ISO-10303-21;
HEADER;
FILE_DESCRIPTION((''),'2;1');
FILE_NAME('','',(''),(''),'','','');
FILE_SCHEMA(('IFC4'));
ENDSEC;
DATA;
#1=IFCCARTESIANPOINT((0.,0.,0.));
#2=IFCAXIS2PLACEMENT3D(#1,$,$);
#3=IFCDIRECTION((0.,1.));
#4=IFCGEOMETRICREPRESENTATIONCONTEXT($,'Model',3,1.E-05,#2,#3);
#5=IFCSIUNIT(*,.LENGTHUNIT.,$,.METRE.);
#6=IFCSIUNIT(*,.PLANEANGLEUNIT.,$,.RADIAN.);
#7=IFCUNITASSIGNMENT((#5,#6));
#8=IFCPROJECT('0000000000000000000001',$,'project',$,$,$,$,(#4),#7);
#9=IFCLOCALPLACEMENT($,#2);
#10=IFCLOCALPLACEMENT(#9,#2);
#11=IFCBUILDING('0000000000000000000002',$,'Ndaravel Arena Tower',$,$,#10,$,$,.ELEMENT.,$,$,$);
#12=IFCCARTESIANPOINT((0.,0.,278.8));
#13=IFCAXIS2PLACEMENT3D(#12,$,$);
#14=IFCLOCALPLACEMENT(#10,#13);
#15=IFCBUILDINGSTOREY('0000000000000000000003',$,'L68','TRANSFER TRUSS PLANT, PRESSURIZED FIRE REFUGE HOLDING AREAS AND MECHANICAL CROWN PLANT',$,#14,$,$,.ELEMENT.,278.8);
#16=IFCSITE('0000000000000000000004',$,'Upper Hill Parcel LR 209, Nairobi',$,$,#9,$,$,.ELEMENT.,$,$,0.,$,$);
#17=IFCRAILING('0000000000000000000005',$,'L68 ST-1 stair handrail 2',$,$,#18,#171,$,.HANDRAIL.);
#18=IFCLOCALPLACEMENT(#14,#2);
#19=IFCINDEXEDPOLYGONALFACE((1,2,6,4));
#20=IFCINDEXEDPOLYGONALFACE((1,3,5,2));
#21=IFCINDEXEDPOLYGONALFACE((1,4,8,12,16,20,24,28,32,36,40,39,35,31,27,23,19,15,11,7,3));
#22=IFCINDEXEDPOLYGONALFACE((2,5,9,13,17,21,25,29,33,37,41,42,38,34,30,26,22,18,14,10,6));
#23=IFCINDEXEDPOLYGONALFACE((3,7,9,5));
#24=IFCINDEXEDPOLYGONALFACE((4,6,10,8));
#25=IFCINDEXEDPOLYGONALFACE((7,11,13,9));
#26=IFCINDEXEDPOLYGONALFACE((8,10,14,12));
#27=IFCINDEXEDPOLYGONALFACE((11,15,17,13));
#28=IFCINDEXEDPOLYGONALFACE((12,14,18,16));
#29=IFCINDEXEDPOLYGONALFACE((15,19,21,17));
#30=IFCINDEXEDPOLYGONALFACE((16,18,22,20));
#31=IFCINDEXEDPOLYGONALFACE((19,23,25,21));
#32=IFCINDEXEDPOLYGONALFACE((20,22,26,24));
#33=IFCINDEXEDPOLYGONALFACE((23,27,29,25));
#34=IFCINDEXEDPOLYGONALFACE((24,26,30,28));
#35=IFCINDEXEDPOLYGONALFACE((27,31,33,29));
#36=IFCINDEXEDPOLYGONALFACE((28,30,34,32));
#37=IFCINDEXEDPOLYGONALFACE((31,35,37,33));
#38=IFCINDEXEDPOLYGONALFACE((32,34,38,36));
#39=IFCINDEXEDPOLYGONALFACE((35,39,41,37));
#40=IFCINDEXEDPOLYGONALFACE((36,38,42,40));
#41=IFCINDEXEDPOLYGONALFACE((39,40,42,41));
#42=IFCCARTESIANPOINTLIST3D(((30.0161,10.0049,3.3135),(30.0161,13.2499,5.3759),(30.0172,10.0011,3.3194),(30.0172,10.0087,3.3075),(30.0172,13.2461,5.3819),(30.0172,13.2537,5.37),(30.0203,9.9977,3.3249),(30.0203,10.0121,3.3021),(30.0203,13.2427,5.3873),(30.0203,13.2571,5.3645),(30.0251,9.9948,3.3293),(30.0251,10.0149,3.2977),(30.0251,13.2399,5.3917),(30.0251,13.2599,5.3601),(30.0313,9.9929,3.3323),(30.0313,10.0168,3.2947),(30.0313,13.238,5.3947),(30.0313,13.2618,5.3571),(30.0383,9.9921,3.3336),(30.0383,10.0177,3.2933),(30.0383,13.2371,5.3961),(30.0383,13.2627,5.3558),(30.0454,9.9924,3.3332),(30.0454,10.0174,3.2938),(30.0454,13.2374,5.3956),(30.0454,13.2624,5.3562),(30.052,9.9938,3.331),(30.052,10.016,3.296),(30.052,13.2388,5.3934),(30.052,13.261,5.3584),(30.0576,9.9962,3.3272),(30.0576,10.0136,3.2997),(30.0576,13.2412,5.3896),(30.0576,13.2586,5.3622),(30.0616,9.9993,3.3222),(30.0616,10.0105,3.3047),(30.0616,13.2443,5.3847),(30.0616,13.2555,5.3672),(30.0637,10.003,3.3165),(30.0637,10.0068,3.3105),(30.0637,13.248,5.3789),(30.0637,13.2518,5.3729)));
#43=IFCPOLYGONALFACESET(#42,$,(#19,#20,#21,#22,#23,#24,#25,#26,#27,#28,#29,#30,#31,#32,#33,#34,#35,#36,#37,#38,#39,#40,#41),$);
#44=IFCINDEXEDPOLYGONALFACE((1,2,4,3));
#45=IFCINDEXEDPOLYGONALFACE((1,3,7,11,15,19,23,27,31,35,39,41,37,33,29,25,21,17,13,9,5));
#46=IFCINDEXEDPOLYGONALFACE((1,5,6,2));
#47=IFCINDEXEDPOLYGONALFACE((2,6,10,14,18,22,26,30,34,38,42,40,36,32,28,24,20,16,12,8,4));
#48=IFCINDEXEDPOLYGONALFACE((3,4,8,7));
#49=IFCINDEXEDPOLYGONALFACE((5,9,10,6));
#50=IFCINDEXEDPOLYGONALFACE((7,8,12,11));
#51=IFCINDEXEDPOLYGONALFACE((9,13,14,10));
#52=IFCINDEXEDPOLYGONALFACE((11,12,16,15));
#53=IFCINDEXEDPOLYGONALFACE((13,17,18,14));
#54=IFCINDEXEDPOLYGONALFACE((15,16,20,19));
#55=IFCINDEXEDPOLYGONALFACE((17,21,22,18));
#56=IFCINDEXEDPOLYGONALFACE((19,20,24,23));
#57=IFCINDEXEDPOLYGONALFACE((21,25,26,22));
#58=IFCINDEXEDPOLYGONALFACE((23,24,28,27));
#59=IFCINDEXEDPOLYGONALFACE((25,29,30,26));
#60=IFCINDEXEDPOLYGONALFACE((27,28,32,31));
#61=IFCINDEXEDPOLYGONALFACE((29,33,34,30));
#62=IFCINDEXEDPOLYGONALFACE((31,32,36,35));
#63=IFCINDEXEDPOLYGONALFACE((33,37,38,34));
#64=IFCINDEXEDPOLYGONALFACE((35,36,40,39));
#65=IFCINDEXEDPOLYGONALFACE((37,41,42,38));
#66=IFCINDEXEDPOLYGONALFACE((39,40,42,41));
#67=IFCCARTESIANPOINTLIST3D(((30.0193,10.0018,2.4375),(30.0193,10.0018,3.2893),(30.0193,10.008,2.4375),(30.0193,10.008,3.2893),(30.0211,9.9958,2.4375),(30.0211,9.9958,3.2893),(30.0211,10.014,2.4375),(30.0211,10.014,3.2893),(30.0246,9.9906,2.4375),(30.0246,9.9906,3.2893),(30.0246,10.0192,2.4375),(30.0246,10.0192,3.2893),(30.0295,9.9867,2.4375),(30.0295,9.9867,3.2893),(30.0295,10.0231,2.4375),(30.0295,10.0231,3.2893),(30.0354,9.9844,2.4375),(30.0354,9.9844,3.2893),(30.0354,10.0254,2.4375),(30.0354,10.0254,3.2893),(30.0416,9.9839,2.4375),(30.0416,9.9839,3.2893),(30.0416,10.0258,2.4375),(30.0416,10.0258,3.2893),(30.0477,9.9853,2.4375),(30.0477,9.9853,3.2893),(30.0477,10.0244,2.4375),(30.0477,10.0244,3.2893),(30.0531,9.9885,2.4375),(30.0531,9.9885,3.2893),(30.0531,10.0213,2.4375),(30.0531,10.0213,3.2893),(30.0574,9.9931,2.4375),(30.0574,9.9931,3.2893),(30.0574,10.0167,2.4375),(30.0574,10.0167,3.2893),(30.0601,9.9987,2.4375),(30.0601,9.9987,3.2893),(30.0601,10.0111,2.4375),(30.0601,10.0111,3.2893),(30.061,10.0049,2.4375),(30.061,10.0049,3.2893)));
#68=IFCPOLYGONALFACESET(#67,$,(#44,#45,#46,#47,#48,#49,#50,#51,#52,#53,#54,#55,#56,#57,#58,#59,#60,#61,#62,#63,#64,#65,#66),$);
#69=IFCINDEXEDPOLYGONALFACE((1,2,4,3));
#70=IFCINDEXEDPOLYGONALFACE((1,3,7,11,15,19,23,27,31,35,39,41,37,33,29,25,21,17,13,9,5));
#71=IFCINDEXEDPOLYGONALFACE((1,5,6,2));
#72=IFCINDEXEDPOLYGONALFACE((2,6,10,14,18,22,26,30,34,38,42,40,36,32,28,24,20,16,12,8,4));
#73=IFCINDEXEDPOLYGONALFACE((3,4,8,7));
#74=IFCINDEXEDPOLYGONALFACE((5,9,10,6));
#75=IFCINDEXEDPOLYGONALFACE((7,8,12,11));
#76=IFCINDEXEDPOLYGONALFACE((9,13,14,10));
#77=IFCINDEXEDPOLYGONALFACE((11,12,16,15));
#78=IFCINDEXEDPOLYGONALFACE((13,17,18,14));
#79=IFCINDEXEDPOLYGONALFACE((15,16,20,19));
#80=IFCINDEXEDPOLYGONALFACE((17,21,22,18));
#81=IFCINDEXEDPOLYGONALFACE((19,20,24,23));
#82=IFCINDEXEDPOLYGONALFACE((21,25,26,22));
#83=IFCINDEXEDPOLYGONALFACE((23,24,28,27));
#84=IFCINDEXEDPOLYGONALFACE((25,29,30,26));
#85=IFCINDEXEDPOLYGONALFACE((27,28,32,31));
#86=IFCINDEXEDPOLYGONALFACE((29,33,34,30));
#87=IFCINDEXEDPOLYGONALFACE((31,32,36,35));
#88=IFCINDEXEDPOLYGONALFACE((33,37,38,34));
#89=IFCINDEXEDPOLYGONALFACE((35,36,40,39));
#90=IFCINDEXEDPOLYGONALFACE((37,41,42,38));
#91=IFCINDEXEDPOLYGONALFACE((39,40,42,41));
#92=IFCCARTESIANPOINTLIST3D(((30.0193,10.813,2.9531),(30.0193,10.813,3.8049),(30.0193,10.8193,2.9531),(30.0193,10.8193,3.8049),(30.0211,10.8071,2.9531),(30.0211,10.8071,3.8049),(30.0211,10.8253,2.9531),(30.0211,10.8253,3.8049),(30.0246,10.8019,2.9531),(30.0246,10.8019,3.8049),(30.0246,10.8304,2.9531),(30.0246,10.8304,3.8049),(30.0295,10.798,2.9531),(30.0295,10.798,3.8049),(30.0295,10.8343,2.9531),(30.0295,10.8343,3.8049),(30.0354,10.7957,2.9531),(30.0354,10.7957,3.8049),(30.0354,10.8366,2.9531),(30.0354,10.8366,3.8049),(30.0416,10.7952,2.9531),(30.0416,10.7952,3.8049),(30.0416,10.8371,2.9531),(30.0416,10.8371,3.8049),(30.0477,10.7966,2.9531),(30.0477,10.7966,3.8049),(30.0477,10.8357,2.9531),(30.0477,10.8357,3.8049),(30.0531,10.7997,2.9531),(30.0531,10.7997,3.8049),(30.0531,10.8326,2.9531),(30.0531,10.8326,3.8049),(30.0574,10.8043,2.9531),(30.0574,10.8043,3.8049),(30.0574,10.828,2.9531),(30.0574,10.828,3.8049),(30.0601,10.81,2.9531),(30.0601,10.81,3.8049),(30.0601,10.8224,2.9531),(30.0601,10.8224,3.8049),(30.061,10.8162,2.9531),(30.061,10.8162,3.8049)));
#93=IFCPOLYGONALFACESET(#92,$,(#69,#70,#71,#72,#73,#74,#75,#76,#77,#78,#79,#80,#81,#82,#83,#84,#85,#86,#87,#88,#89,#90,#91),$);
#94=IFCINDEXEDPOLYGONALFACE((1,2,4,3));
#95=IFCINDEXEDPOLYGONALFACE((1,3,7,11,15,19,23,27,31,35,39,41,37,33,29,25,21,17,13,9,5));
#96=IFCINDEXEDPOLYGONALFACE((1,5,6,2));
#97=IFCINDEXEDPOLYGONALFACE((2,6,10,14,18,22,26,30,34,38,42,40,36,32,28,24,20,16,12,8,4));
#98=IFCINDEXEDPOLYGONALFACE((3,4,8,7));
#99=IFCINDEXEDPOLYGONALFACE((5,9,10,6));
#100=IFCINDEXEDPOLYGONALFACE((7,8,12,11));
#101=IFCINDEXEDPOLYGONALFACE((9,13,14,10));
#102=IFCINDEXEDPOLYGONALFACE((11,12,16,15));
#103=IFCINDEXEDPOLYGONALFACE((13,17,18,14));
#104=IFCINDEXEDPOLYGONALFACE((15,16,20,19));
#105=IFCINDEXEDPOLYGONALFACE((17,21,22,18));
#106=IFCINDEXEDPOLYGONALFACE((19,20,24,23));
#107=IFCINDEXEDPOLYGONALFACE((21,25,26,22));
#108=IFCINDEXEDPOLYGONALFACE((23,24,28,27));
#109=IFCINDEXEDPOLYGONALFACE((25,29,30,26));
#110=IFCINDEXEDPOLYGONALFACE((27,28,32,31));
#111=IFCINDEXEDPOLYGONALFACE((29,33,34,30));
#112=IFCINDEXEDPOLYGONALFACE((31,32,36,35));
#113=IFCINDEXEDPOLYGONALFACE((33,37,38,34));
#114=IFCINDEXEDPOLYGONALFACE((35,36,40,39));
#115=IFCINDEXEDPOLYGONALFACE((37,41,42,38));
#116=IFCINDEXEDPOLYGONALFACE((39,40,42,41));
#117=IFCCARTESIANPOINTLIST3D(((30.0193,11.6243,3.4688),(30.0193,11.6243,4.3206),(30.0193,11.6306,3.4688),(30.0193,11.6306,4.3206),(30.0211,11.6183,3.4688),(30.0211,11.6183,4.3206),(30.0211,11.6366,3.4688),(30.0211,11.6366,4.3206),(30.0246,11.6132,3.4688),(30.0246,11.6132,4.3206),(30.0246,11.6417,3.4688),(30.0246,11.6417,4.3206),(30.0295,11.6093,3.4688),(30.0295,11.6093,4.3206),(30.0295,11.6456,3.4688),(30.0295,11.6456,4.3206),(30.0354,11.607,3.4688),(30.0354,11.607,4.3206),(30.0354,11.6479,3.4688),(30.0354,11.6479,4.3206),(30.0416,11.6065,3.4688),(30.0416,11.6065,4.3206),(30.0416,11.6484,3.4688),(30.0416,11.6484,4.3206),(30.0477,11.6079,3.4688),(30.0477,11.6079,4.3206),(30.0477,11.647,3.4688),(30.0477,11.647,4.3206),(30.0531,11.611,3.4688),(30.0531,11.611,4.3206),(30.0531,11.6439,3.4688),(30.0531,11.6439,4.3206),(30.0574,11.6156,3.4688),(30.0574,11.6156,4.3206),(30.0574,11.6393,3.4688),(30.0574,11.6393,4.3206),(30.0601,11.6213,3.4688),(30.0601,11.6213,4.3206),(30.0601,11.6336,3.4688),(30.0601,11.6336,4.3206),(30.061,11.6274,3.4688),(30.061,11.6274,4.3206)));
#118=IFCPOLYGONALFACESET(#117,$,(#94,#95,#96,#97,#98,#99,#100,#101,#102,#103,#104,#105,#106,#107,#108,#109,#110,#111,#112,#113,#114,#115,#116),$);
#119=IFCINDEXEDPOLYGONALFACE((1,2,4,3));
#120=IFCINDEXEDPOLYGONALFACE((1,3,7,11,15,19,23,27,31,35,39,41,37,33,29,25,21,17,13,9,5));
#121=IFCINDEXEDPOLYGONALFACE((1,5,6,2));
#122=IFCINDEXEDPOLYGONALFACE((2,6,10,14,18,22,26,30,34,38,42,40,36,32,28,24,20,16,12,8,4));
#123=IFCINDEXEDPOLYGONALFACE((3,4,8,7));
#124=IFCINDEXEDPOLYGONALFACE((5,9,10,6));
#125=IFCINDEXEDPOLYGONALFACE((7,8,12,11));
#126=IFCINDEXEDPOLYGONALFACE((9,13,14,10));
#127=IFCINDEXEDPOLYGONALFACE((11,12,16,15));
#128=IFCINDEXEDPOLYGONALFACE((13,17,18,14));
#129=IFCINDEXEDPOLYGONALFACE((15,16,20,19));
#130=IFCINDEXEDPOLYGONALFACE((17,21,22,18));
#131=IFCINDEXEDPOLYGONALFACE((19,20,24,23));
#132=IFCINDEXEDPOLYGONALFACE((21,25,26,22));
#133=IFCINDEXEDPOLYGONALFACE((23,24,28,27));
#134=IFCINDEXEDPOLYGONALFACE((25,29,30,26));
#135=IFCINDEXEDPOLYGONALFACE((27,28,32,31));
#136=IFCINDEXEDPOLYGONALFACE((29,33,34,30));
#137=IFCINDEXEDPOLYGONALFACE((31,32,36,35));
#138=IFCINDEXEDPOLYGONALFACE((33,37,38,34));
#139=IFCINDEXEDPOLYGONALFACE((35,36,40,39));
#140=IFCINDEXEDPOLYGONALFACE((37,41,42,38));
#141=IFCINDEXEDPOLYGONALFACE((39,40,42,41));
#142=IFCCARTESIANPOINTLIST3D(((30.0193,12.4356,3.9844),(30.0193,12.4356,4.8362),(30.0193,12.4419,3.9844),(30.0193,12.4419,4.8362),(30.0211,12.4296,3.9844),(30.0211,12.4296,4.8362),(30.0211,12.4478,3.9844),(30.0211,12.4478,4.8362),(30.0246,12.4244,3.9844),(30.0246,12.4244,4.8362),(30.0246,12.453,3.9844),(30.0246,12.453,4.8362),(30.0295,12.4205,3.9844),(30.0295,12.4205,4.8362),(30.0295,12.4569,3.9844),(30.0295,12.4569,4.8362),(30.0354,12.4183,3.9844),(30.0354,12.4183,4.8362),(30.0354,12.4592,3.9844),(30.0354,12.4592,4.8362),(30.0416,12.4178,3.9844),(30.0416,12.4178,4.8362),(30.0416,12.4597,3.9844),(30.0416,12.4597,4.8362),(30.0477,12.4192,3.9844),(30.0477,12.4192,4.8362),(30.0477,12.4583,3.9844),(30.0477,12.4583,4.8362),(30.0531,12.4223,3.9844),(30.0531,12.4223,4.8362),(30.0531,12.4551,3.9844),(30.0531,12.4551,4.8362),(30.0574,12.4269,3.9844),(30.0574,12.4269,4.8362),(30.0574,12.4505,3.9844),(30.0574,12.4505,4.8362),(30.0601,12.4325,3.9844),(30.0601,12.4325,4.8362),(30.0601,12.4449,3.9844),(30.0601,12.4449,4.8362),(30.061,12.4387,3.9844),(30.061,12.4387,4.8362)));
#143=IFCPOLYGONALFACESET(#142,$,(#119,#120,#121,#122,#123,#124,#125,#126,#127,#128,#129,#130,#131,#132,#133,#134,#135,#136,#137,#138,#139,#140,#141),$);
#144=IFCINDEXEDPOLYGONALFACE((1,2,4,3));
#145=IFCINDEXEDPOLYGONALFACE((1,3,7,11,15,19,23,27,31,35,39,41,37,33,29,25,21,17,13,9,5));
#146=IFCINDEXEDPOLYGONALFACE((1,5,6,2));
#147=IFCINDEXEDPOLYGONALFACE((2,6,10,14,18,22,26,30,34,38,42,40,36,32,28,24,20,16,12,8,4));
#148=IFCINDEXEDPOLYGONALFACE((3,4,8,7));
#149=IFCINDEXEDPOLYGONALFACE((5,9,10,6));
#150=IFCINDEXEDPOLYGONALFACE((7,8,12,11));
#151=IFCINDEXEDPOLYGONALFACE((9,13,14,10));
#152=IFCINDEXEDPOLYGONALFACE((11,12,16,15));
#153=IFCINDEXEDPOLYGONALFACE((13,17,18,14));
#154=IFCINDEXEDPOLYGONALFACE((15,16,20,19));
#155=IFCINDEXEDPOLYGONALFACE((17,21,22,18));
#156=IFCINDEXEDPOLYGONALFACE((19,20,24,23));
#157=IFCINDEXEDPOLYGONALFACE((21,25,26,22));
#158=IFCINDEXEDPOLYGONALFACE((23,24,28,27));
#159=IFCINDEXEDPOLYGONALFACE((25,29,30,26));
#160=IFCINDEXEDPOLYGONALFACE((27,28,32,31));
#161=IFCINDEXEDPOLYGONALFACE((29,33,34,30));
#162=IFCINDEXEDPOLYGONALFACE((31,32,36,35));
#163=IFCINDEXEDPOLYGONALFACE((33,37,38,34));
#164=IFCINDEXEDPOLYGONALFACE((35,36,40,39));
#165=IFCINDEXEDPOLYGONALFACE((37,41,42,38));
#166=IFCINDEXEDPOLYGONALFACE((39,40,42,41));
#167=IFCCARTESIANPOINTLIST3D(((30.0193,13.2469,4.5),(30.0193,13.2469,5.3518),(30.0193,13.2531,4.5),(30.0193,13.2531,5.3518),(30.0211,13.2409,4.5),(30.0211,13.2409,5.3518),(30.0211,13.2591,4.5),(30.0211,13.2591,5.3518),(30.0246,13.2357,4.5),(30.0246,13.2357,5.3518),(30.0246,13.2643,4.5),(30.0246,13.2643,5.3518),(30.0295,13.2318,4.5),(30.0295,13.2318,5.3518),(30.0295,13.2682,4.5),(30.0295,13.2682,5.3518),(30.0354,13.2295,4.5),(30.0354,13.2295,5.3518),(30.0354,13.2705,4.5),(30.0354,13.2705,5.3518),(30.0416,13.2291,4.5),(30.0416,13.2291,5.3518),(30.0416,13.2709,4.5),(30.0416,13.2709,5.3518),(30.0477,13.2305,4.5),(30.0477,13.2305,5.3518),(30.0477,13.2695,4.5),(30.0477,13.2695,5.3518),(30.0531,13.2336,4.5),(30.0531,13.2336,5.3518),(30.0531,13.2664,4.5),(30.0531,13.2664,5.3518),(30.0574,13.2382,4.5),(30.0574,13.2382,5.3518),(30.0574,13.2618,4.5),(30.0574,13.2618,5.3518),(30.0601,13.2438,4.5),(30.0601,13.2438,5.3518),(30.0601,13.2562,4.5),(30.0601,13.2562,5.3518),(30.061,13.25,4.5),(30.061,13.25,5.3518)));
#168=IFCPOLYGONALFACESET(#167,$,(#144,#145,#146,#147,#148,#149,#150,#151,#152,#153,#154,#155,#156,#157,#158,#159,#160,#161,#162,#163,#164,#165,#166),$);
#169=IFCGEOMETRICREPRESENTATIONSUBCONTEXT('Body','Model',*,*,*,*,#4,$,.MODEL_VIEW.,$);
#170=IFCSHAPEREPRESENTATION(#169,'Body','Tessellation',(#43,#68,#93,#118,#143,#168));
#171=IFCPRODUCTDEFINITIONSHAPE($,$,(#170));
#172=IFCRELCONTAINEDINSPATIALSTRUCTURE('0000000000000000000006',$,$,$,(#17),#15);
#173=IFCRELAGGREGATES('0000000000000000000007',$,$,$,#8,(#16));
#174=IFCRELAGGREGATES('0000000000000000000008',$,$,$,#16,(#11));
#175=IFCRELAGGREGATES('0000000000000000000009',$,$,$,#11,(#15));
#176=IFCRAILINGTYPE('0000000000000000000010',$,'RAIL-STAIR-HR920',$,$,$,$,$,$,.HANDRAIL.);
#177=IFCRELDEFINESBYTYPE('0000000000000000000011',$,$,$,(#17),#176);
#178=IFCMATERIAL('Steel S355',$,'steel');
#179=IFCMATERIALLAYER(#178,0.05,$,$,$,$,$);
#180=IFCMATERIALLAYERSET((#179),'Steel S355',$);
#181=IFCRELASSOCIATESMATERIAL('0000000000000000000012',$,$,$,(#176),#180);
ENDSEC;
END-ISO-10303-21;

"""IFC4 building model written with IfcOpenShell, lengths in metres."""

from ifc_helpers import new_model, si_unit, direction, frame, origin, origin_2d, place, context, subcontext, project, spatial, circle, extrude, material, layer, layer_set, type_object, element, save


model = new_model("IFC4")

# Units and contexts
model_context = context("Model", 3, precision=1e-05, world=origin(), true_north=direction((0.0, 1.0)))
body_context = subcontext(model_context, "Body", "Model", "MODEL_VIEW")
ifc_project = project(units=[si_unit("LENGTHUNIT", "METRE"), si_unit("PLANEANGLEUNIT", "RADIAN")], contexts=[model_context])

# Site, building, storey
site_placement = place(None, origin())
site = spatial("IfcSite", under=ifc_project, at=site_placement, Name="Upper Hill Parcel LR 209, Nairobi", CompositionType="ELEMENT", RefElevation=0.0)
building_placement = place(site_placement, origin())
building = spatial("IfcBuilding", under=site, at=building_placement, Name="Ndaravel Arena Tower", CompositionType="ELEMENT")
storey_placement = place(building_placement, frame((0.0, 0.0, 278.8)))
storey = spatial("IfcBuildingStorey", under=building, at=storey_placement, Name="L68", Description="TRANSFER TRUSS PLANT, PRESSURIZED FIRE REFUGE HOLDING AREAS AND MECHANICAL CROWN PLANT", CompositionType="ELEMENT", Elevation=278.8)

# Railing
ifc_material_1 = material(Name="Steel S355", Category="steel")
ifc_layer_1 = layer(ifc_material_1, 0.05)
ifc_layer_set_1 = layer_set([ifc_layer_1], Name="Steel S355")
railing_type_1 = type_object("IfcRailingType", Name="RAIL-STAIR-HR920", PredefinedType="HANDRAIL", material=ifc_layer_set_1)
railing_1_placement = place(storey_placement, frame((30.04, 10.0049, 2.4375)))
element("IfcRailing", 1, at=railing_1_placement, inside=storey, type_object=railing_type_1, Name="L68 ST-1 stair handrail 2", PredefinedType="HANDRAIL", context=body_context, shape_type="SweptSolid", body=[
    extrude(circle(Radius=0.0239, at=origin_2d()), frame((0.0, 0.0, 0.876), z_axis=(0.0, 0.843965, 0.536399), x_axis=(-1.0, 0.0, 0.0)), (0.0, 0.0, 1.0), 3.845),
    extrude(circle(Radius=0.021, at=origin_2d()), origin(), (0.0, 0.0, 1.0), 0.8518),
    extrude(circle(Radius=0.021, at=origin_2d()), frame((0.0, 0.8113, 0.5156)), (0.0, 0.0, 1.0), 0.8518),
    extrude(circle(Radius=0.021, at=origin_2d()), frame((0.0, 1.6226, 1.0312)), (0.0, 0.0, 1.0), 0.8518),
    extrude(circle(Radius=0.021, at=origin_2d()), frame((0.0, 2.4338, 1.5469)), (0.0, 0.0, 1.0), 0.8518),
    extrude(circle(Radius=0.021, at=origin_2d()), frame((0.0, 3.2451, 2.0625)), (0.0, 0.0, 1.0), 0.8518),
])

save(model, "model.ifc")
